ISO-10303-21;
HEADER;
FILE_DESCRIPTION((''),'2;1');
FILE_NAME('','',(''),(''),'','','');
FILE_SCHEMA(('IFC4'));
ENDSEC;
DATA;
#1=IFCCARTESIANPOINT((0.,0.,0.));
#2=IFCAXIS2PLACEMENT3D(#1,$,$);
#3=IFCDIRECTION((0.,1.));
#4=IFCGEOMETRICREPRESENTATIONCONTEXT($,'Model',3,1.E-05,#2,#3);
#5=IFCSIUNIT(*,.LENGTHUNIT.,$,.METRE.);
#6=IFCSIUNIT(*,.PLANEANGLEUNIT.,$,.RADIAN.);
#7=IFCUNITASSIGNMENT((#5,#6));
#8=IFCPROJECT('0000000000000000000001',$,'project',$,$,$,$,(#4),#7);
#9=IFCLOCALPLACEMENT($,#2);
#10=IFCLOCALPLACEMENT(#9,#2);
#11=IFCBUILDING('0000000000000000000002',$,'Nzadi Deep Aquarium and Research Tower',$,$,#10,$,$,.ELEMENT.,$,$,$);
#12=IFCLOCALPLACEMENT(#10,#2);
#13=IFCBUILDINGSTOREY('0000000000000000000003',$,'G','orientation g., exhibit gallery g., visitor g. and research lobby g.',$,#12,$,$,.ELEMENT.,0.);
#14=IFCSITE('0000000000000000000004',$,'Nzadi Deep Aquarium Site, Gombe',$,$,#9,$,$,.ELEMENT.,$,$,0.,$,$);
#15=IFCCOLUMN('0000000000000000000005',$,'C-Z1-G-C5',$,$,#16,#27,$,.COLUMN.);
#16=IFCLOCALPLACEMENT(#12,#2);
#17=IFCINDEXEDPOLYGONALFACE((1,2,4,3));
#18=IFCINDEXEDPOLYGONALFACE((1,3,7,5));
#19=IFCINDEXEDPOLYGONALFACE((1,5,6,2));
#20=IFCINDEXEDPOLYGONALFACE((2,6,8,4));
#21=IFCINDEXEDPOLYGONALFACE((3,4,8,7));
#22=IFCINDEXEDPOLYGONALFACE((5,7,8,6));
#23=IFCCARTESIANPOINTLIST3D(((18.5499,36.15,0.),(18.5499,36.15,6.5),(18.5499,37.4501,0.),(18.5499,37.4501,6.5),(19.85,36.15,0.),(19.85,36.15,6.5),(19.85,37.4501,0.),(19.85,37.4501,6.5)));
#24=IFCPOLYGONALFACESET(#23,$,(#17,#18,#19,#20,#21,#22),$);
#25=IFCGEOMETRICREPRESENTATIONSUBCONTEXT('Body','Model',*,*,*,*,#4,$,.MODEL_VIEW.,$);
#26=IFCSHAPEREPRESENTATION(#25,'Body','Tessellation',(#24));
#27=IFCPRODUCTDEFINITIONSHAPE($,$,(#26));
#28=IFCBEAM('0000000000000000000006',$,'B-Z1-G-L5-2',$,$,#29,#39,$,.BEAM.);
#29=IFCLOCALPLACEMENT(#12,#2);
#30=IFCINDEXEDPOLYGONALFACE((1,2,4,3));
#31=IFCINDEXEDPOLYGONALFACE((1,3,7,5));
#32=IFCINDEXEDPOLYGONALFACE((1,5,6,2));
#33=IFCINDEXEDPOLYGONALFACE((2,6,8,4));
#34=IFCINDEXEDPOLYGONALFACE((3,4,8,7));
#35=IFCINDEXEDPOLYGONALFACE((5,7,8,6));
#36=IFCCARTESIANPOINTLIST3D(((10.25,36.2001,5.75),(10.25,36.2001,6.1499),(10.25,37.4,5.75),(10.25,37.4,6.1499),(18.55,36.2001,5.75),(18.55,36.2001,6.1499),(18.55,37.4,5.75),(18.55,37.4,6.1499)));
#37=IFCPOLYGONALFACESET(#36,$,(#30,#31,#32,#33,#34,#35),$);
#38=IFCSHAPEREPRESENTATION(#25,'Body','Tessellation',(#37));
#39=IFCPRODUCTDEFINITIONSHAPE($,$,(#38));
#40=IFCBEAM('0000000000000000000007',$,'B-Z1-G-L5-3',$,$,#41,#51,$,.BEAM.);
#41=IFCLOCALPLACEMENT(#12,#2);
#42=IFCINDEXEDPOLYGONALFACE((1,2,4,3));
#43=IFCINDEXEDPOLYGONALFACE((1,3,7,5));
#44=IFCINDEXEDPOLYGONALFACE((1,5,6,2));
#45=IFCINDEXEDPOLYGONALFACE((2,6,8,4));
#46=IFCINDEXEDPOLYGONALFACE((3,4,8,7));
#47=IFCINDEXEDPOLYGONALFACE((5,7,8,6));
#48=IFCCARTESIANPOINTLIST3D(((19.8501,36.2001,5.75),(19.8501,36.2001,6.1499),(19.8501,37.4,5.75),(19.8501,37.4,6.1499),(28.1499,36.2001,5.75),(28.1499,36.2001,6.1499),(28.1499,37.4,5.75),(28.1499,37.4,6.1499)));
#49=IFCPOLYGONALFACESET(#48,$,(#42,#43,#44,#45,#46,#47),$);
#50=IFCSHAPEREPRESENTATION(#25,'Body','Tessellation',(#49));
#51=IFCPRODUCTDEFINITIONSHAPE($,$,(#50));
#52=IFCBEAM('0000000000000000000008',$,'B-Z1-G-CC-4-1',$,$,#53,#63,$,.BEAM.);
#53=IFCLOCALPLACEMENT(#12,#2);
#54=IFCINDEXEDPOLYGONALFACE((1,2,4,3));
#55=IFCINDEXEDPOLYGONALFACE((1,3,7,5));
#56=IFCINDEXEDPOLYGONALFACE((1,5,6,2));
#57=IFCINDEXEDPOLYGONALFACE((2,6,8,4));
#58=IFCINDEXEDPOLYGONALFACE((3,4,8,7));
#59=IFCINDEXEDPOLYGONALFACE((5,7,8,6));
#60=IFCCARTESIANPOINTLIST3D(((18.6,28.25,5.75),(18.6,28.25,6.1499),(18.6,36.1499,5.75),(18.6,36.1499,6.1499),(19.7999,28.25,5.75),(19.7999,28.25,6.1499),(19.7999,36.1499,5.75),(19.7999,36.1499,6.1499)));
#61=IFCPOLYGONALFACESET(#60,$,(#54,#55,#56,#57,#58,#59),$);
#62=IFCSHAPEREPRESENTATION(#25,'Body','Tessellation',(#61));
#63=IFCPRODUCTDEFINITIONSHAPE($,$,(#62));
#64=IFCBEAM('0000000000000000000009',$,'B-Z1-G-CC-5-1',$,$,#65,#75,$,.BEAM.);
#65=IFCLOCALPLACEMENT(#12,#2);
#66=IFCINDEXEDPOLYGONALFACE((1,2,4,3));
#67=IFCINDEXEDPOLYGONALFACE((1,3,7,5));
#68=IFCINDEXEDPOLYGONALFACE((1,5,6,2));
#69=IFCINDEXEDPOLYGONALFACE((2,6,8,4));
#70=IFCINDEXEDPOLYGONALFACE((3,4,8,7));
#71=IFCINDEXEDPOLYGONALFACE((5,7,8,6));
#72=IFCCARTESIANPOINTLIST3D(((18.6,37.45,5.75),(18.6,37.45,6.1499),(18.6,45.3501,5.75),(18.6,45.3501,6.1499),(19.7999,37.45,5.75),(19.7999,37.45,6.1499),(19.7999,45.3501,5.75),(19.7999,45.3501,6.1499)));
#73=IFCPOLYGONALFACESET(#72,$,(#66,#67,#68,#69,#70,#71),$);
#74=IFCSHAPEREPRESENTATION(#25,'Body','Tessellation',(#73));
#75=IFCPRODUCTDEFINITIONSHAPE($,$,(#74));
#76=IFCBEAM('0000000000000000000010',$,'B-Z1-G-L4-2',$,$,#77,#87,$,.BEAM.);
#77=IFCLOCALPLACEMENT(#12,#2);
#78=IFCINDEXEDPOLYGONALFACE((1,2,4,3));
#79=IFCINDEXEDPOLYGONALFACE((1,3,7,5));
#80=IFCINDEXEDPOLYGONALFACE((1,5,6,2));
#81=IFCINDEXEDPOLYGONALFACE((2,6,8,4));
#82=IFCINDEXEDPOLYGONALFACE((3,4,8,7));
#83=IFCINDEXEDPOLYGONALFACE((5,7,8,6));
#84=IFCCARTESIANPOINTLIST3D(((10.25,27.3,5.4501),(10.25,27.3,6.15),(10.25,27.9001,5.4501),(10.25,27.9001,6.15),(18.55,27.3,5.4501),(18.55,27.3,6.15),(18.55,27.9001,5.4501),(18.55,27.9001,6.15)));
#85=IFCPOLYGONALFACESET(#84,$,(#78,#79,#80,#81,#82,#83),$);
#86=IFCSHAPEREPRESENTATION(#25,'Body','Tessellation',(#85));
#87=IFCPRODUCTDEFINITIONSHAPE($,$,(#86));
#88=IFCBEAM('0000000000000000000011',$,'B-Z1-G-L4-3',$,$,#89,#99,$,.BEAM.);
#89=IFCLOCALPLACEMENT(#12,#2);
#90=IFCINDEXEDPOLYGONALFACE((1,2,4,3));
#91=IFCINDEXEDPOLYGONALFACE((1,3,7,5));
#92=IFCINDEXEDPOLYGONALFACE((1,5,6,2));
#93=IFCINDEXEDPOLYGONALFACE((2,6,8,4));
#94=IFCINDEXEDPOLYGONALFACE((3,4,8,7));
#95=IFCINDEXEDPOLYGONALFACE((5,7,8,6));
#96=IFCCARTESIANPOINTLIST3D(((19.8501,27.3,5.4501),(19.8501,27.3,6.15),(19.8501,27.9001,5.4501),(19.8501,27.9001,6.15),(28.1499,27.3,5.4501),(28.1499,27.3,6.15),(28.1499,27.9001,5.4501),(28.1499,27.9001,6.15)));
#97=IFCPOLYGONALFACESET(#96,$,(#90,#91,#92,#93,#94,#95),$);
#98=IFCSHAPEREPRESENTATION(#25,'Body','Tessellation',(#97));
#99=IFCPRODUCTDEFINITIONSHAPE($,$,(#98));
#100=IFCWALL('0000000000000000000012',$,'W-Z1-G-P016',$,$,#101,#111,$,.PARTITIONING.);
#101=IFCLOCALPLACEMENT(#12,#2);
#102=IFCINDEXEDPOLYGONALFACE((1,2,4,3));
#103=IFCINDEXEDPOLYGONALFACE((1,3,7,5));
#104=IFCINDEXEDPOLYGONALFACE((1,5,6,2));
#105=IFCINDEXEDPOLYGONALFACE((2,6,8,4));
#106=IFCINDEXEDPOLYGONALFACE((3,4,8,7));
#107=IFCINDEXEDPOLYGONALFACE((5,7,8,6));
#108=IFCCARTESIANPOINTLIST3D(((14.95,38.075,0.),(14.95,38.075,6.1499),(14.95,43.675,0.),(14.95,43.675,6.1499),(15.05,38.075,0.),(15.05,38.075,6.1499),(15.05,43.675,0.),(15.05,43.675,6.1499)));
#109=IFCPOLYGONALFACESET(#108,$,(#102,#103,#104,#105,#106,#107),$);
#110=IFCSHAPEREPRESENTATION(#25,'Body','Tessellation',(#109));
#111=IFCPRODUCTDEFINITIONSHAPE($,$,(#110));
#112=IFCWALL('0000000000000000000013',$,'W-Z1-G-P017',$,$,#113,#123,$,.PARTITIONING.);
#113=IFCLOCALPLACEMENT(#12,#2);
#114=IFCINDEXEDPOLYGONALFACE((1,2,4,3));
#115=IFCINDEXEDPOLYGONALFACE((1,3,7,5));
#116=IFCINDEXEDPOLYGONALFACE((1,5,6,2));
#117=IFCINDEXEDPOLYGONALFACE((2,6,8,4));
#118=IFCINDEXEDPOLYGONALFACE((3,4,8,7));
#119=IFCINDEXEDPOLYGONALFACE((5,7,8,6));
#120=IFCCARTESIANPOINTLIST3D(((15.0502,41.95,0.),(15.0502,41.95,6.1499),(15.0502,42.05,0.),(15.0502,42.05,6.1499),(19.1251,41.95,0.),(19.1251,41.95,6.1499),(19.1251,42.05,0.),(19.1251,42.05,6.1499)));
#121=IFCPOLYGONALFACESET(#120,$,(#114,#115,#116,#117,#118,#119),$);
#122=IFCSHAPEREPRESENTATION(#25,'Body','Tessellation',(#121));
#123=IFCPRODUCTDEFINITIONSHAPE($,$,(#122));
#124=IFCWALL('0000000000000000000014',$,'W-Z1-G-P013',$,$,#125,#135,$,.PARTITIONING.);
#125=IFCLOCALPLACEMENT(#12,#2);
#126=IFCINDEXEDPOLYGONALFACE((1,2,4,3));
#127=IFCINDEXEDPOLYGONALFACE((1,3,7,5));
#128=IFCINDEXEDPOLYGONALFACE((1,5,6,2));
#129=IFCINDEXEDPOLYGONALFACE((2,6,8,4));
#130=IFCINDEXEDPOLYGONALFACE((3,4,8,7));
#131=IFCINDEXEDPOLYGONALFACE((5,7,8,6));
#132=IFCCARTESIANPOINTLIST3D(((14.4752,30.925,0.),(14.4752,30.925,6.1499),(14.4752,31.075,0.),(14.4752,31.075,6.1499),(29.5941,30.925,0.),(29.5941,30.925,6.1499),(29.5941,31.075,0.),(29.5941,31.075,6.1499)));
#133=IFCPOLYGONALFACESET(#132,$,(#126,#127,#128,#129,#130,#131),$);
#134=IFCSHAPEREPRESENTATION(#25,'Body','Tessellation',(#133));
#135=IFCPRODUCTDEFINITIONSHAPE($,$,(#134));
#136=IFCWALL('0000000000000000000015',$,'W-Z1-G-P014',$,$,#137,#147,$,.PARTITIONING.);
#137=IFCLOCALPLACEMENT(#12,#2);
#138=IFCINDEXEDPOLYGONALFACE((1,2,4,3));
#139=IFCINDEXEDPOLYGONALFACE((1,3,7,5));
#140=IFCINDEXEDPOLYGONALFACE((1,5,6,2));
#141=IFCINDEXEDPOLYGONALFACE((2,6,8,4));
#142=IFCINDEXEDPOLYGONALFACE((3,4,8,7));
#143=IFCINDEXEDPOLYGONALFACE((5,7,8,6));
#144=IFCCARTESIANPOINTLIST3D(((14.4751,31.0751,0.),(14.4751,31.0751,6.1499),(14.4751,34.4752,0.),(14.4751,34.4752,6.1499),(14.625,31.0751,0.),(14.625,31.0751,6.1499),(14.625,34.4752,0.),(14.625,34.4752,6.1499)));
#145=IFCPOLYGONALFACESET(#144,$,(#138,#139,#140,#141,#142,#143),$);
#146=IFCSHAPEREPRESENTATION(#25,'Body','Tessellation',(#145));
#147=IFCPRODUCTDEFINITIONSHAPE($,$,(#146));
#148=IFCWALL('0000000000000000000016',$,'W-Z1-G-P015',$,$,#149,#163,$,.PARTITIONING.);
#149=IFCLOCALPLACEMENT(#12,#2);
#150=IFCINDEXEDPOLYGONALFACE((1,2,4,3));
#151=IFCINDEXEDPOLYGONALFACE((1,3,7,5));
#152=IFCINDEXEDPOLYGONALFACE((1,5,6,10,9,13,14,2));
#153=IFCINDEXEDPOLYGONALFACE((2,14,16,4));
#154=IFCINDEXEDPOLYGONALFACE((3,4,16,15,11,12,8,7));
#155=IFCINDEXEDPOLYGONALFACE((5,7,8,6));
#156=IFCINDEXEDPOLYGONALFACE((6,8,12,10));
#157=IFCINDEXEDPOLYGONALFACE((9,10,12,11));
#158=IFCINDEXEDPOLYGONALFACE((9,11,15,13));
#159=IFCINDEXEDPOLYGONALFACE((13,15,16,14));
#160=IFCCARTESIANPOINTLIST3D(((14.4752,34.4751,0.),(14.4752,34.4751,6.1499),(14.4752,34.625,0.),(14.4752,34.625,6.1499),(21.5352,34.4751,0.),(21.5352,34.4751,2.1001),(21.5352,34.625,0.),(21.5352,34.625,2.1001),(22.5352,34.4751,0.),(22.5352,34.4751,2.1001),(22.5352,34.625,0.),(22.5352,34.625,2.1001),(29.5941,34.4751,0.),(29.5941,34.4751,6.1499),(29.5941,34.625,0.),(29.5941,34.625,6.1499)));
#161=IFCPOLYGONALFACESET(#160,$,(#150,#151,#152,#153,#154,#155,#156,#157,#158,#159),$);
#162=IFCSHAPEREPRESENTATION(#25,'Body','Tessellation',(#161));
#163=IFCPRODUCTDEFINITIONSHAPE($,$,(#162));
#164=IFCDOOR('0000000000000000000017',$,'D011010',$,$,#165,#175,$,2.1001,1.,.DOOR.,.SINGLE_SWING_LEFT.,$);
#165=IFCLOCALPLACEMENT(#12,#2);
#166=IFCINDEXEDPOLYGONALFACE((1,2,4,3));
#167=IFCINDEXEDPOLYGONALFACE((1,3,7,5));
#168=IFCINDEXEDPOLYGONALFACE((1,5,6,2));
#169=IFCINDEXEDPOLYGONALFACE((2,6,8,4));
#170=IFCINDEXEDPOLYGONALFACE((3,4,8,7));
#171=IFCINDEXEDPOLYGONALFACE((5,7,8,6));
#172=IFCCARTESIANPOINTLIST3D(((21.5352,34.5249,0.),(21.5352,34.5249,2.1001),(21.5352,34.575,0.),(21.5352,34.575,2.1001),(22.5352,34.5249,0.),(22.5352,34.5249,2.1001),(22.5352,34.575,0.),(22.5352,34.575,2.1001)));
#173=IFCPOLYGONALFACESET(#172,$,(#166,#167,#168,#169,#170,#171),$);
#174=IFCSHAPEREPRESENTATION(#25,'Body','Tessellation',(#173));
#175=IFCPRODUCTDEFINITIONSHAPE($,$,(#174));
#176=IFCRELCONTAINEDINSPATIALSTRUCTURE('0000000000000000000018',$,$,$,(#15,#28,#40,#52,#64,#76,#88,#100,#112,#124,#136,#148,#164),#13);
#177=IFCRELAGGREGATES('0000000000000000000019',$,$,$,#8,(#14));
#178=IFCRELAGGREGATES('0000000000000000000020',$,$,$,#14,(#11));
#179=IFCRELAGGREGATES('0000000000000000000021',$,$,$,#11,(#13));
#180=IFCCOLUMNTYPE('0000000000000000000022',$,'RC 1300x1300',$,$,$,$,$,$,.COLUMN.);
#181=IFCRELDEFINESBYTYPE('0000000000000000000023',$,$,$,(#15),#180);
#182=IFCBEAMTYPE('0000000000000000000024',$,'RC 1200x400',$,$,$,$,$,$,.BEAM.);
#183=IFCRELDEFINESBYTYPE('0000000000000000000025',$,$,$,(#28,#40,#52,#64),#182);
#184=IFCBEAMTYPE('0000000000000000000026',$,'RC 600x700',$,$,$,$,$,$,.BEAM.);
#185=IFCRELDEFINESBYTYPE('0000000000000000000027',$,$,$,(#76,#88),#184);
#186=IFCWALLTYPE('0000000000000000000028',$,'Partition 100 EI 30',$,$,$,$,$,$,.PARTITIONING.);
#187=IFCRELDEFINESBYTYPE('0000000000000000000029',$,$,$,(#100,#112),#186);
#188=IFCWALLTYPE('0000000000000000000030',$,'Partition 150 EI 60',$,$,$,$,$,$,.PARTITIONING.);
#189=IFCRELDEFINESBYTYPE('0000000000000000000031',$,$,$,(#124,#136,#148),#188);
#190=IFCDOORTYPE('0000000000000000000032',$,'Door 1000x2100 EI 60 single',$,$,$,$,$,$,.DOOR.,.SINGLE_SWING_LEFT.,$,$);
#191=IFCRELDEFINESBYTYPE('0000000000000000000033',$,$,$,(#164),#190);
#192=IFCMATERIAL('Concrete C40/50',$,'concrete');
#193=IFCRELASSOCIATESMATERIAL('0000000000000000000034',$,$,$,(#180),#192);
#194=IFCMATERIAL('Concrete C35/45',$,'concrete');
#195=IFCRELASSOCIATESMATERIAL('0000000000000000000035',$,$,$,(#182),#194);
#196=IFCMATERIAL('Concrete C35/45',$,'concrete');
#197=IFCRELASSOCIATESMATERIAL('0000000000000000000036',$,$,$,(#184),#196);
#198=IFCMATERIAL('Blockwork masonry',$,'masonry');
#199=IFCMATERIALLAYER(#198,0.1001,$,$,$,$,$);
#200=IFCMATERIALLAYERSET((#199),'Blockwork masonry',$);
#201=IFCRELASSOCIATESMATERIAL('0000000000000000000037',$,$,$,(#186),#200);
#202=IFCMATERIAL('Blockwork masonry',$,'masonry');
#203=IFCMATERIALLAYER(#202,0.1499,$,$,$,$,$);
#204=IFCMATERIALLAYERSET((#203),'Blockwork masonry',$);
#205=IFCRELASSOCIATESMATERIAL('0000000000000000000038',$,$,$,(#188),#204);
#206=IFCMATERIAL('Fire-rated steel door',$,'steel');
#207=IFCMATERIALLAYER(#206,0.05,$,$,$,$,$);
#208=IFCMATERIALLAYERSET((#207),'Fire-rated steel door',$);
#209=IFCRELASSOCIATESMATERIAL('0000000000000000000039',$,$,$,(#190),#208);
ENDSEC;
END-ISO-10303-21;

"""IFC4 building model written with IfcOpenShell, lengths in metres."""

from ifc_helpers import new_model, si_unit, direction, frame, frame_2d, origin, origin_2d, place, context, subcontext, project, spatial, rectangle, extrude, material, layer, layer_set, material_profile, profile_set, type_object, element, fill, save


model = new_model("IFC4")

# Units and contexts
model_context = context("Model", 3, precision=1e-05, world=origin(), true_north=direction((0.0, 1.0)))
body_context = subcontext(model_context, "Body", "Model", "MODEL_VIEW")
ifc_project = project(units=[si_unit("LENGTHUNIT", "METRE"), si_unit("PLANEANGLEUNIT", "RADIAN")], contexts=[model_context])

# Site, building, storey
site_placement = place(None, origin())
site = spatial("IfcSite", under=ifc_project, at=site_placement, Name="Nzadi Deep Aquarium Site, Gombe", CompositionType="ELEMENT", RefElevation=0.0)
building_placement = place(site_placement, origin())
building = spatial("IfcBuilding", under=site, at=building_placement, Name="Nzadi Deep Aquarium and Research Tower", CompositionType="ELEMENT")
storey_placement = place(building_placement, origin())
storey = spatial("IfcBuildingStorey", under=building, at=storey_placement, Name="G", Description="orientation g., exhibit gallery g., visitor g. and research lobby g.", CompositionType="ELEMENT", Elevation=0.0)

# Column
ifc_material_1 = material(Name="Concrete C40/50", Category="concrete")
ifc_material_profile_1 = material_profile(ifc_material_1, rectangle(XDim=1.3, YDim=1.3, at=origin_2d()))
ifc_profile_set_1 = profile_set([ifc_material_profile_1], Name="Concrete C40/50")
column_type = type_object("IfcColumnType", Name="RC 1300x1300", PredefinedType="COLUMN", material=ifc_profile_set_1)
column_placement = place(storey_placement, frame((19.2, 36.8, 0.0), z_axis=(0.0, 0.0, 1.0), x_axis=(1.0, 0.0, 0.0)))
element("IfcColumn", 1, at=column_placement, inside=storey, type_object=column_type, Name="C-Z1-G-C5", PredefinedType="COLUMN", context=body_context, shape_type="SweptSolid", body=[
    extrude(rectangle(XDim=1.3, YDim=1.3, at=origin_2d()), origin(), (0.0, 0.0, 1.0), 6.5),
])

# Beams
ifc_material_2 = material(Name="Concrete C35/45", Category="concrete")
ifc_material_profile_2 = material_profile(ifc_material_2, rectangle(XDim=1.2, YDim=0.3999, at=origin_2d()))
ifc_profile_set_2 = profile_set([ifc_material_profile_2], Name="Concrete C35/45")
beam_type_1 = type_object("IfcBeamType", Name="RC 1200x400", PredefinedType="BEAM", material=ifc_profile_set_2)
beam_1_placement = place(storey_placement, frame((10.25, 36.8, 5.95), z_axis=(1.0, 0.0, 0.0), x_axis=(0.0, 1.0, 0.0)))
element("IfcBeam", 2, at=beam_1_placement, inside=storey, type_object=beam_type_1, Name="B-Z1-G-L5-2", PredefinedType="BEAM", context=body_context, shape_type="SweptSolid", body=[
    extrude(rectangle(XDim=1.2, YDim=0.3999, at=origin_2d()), origin(), (0.0, 0.0, 1.0), 8.3),
])
beam_2_placement = place(storey_placement, frame((19.8501, 36.8, 5.95), z_axis=(1.0, 0.0, 0.0), x_axis=(0.0, 1.0, 0.0)))
element("IfcBeam", 3, at=beam_2_placement, inside=storey, type_object=beam_type_1, Name="B-Z1-G-L5-3", PredefinedType="BEAM", context=body_context, shape_type="SweptSolid", body=[
    extrude(rectangle(XDim=1.2, YDim=0.3999, at=origin_2d()), origin(), (0.0, 0.0, 1.0), 8.2998),
])
beam_3_placement = place(storey_placement, frame((19.2, 28.25, 5.95), z_axis=(0.0, 1.0, 0.0), x_axis=(-1.0, 0.0, 0.0)))
element("IfcBeam", 4, at=beam_3_placement, inside=storey, type_object=beam_type_1, Name="B-Z1-G-CC-4-1", PredefinedType="BEAM", context=body_context, shape_type="SweptSolid", body=[
    extrude(rectangle(XDim=1.2, YDim=0.3999, at=origin_2d()), origin(), (0.0, 0.0, 1.0), 7.8999),
])
beam_4_placement = place(storey_placement, frame((19.2, 37.45, 5.95), z_axis=(0.0, 1.0, 0.0), x_axis=(-1.0, 0.0, 0.0)))
element("IfcBeam", 5, at=beam_4_placement, inside=storey, type_object=beam_type_1, Name="B-Z1-G-CC-5-1", PredefinedType="BEAM", context=body_context, shape_type="SweptSolid", body=[
    extrude(rectangle(XDim=1.2, YDim=0.3999, at=origin_2d()), origin(), (0.0, 0.0, 1.0), 7.9001),
])
ifc_material_3 = material(Name="Concrete C35/45", Category="concrete")
ifc_material_profile_3 = material_profile(ifc_material_3, rectangle(XDim=0.6001, YDim=0.7, at=origin_2d()))
ifc_profile_set_3 = profile_set([ifc_material_profile_3], Name="Concrete C35/45")
beam_type_2 = type_object("IfcBeamType", Name="RC 600x700", PredefinedType="BEAM", material=ifc_profile_set_3)
beam_5_placement = place(storey_placement, frame((10.25, 27.6001, 5.8), z_axis=(1.0, 0.0, 0.0), x_axis=(0.0, 1.0, 0.0)))
element("IfcBeam", 6, at=beam_5_placement, inside=storey, type_object=beam_type_2, Name="B-Z1-G-L4-2", PredefinedType="BEAM", context=body_context, shape_type="SweptSolid", body=[
    extrude(rectangle(XDim=0.6001, YDim=0.7, at=origin_2d()), origin(), (0.0, 0.0, 1.0), 8.3),
])
beam_6_placement = place(storey_placement, frame((19.8501, 27.6001, 5.8), z_axis=(1.0, 0.0, 0.0), x_axis=(0.0, 1.0, 0.0)))
element("IfcBeam", 7, at=beam_6_placement, inside=storey, type_object=beam_type_2, Name="B-Z1-G-L4-3", PredefinedType="BEAM", context=body_context, shape_type="SweptSolid", body=[
    extrude(rectangle(XDim=0.6001, YDim=0.7, at=origin_2d()), origin(), (0.0, 0.0, 1.0), 8.2998),
])

# Walls
ifc_material_4 = material(Name="Blockwork masonry", Category="masonry")
ifc_layer_1 = layer(ifc_material_4, 0.1001)
ifc_layer_set_1 = layer_set([ifc_layer_1], Name="Blockwork masonry")
wall_type_1 = type_object("IfcWallType", Name="Partition 100 EI 30", PredefinedType="PARTITIONING", material=ifc_layer_set_1)
wall_1_placement = place(storey_placement, frame((15.0, 38.075, 0.0), z_axis=(0.0, 0.0, 1.0), x_axis=(0.0, 1.0, 0.0)))
element("IfcWall", 8, at=wall_1_placement, inside=storey, type_object=wall_type_1, Name="W-Z1-G-P016", PredefinedType="PARTITIONING", context=body_context, shape_type="SweptSolid", body=[
    extrude(rectangle(XDim=5.6001, YDim=0.1001, at=frame_2d((2.8, 0.0))), origin(), (0.0, 0.0, 1.0), 6.1499),
])
wall_2_placement = place(storey_placement, frame((15.05, 42.0, 0.0), z_axis=(0.0, 0.0, 1.0), x_axis=(1.0, 0.0, 0.0)))
element("IfcWall", 9, at=wall_2_placement, inside=storey, type_object=wall_type_1, Name="W-Z1-G-P017", PredefinedType="PARTITIONING", context=body_context, shape_type="SweptSolid", body=[
    extrude(rectangle(XDim=4.075, YDim=0.1001, at=frame_2d((2.0376, 0.0))), origin(), (0.0, 0.0, 1.0), 6.1499),
])
ifc_material_5 = material(Name="Blockwork masonry", Category="masonry")
ifc_layer_2 = layer(ifc_material_5, 0.1499)
ifc_layer_set_2 = layer_set([ifc_layer_2], Name="Blockwork masonry")
wall_type_2 = type_object("IfcWallType", Name="Partition 150 EI 60", PredefinedType="PARTITIONING", material=ifc_layer_set_2)
wall_3_placement = place(storey_placement, frame((14.4751, 31.0, 0.0), z_axis=(0.0, 0.0, 1.0), x_axis=(1.0, 0.0, 0.0)))
element("IfcWall", 10, at=wall_3_placement, inside=storey, type_object=wall_type_2, Name="W-Z1-G-P013", PredefinedType="PARTITIONING", context=body_context, shape_type="SweptSolid", body=[
    extrude(rectangle(XDim=15.1189, YDim=0.1499, at=frame_2d((7.5596, 0.0))), origin(), (0.0, 0.0, 1.0), 6.1499),
])
wall_4_placement = place(storey_placement, frame((14.55, 31.075, 0.0), z_axis=(0.0, 0.0, 1.0), x_axis=(0.0, 1.0, 0.0)))
element("IfcWall", 11, at=wall_4_placement, inside=storey, type_object=wall_type_2, Name="W-Z1-G-P014", PredefinedType="PARTITIONING", context=body_context, shape_type="SweptSolid", body=[
    extrude(rectangle(XDim=3.4001, YDim=0.1499, at=frame_2d((1.7002, 0.0))), origin(), (0.0, 0.0, 1.0), 6.1499),
])

# Wall, opening, door
wall_5_placement = place(storey_placement, frame((14.4751, 34.55, 0.0), z_axis=(0.0, 0.0, 1.0), x_axis=(1.0, 0.0, 0.0)))
wall_5 = element("IfcWall", 12, at=wall_5_placement, inside=storey, type_object=wall_type_2, Name="W-Z1-G-P015", PredefinedType="PARTITIONING", context=body_context, shape_type="SweptSolid", body=[
    extrude(rectangle(XDim=15.1189, YDim=0.1499, at=frame_2d((7.5596, 0.0))), origin(), (0.0, 0.0, 1.0), 6.1499),
])
opening_1_placement = place(wall_5_placement, frame((7.0601, 0.0, 0.0)))
opening_1 = element("IfcOpeningElement", 13, at=opening_1_placement, cuts=wall_5, PredefinedType="OPENING", context=body_context, shape_type="SweptSolid", body=[
    extrude(rectangle(XDim=1.0, YDim=2.1001, at=frame_2d((0.5, 1.05))), frame((0.0, 0.085, 0.0), z_axis=(0.0, -1.0, 0.0), x_axis=(1.0, 0.0, 0.0)), (0.0, 0.0, 1.0), 0.1699),
])
ifc_material_6 = material(Name="Fire-rated steel door", Category="steel")
ifc_layer_3 = layer(ifc_material_6, 0.05)
ifc_layer_set_3 = layer_set([ifc_layer_3], Name="Fire-rated steel door")
door_type_1 = type_object("IfcDoorType", Name="Door 1000x2100 EI 60 single", OperationType="SINGLE_SWING_LEFT", PredefinedType="DOOR", material=ifc_layer_set_3)
door_1_placement = place(opening_1_placement, origin())
door_1 = element("IfcDoor", 14, at=door_1_placement, inside=storey, type_object=door_type_1, Name="D011010", OperationType="SINGLE_SWING_LEFT", OverallHeight=2.1001, OverallWidth=1.0, PredefinedType="DOOR", context=body_context, shape_type="SweptSolid", body=[
    extrude(rectangle(XDim=1.0, YDim=2.1001, at=frame_2d((0.5, 1.05))), frame((0.0, 0.0249, 0.0), z_axis=(0.0, -1.0, 0.0), x_axis=(1.0, 0.0, 0.0)), (0.0, 0.0, 1.0), 0.05),
])
fill(opening_1, door_1)

save(model, "model.ifc")
